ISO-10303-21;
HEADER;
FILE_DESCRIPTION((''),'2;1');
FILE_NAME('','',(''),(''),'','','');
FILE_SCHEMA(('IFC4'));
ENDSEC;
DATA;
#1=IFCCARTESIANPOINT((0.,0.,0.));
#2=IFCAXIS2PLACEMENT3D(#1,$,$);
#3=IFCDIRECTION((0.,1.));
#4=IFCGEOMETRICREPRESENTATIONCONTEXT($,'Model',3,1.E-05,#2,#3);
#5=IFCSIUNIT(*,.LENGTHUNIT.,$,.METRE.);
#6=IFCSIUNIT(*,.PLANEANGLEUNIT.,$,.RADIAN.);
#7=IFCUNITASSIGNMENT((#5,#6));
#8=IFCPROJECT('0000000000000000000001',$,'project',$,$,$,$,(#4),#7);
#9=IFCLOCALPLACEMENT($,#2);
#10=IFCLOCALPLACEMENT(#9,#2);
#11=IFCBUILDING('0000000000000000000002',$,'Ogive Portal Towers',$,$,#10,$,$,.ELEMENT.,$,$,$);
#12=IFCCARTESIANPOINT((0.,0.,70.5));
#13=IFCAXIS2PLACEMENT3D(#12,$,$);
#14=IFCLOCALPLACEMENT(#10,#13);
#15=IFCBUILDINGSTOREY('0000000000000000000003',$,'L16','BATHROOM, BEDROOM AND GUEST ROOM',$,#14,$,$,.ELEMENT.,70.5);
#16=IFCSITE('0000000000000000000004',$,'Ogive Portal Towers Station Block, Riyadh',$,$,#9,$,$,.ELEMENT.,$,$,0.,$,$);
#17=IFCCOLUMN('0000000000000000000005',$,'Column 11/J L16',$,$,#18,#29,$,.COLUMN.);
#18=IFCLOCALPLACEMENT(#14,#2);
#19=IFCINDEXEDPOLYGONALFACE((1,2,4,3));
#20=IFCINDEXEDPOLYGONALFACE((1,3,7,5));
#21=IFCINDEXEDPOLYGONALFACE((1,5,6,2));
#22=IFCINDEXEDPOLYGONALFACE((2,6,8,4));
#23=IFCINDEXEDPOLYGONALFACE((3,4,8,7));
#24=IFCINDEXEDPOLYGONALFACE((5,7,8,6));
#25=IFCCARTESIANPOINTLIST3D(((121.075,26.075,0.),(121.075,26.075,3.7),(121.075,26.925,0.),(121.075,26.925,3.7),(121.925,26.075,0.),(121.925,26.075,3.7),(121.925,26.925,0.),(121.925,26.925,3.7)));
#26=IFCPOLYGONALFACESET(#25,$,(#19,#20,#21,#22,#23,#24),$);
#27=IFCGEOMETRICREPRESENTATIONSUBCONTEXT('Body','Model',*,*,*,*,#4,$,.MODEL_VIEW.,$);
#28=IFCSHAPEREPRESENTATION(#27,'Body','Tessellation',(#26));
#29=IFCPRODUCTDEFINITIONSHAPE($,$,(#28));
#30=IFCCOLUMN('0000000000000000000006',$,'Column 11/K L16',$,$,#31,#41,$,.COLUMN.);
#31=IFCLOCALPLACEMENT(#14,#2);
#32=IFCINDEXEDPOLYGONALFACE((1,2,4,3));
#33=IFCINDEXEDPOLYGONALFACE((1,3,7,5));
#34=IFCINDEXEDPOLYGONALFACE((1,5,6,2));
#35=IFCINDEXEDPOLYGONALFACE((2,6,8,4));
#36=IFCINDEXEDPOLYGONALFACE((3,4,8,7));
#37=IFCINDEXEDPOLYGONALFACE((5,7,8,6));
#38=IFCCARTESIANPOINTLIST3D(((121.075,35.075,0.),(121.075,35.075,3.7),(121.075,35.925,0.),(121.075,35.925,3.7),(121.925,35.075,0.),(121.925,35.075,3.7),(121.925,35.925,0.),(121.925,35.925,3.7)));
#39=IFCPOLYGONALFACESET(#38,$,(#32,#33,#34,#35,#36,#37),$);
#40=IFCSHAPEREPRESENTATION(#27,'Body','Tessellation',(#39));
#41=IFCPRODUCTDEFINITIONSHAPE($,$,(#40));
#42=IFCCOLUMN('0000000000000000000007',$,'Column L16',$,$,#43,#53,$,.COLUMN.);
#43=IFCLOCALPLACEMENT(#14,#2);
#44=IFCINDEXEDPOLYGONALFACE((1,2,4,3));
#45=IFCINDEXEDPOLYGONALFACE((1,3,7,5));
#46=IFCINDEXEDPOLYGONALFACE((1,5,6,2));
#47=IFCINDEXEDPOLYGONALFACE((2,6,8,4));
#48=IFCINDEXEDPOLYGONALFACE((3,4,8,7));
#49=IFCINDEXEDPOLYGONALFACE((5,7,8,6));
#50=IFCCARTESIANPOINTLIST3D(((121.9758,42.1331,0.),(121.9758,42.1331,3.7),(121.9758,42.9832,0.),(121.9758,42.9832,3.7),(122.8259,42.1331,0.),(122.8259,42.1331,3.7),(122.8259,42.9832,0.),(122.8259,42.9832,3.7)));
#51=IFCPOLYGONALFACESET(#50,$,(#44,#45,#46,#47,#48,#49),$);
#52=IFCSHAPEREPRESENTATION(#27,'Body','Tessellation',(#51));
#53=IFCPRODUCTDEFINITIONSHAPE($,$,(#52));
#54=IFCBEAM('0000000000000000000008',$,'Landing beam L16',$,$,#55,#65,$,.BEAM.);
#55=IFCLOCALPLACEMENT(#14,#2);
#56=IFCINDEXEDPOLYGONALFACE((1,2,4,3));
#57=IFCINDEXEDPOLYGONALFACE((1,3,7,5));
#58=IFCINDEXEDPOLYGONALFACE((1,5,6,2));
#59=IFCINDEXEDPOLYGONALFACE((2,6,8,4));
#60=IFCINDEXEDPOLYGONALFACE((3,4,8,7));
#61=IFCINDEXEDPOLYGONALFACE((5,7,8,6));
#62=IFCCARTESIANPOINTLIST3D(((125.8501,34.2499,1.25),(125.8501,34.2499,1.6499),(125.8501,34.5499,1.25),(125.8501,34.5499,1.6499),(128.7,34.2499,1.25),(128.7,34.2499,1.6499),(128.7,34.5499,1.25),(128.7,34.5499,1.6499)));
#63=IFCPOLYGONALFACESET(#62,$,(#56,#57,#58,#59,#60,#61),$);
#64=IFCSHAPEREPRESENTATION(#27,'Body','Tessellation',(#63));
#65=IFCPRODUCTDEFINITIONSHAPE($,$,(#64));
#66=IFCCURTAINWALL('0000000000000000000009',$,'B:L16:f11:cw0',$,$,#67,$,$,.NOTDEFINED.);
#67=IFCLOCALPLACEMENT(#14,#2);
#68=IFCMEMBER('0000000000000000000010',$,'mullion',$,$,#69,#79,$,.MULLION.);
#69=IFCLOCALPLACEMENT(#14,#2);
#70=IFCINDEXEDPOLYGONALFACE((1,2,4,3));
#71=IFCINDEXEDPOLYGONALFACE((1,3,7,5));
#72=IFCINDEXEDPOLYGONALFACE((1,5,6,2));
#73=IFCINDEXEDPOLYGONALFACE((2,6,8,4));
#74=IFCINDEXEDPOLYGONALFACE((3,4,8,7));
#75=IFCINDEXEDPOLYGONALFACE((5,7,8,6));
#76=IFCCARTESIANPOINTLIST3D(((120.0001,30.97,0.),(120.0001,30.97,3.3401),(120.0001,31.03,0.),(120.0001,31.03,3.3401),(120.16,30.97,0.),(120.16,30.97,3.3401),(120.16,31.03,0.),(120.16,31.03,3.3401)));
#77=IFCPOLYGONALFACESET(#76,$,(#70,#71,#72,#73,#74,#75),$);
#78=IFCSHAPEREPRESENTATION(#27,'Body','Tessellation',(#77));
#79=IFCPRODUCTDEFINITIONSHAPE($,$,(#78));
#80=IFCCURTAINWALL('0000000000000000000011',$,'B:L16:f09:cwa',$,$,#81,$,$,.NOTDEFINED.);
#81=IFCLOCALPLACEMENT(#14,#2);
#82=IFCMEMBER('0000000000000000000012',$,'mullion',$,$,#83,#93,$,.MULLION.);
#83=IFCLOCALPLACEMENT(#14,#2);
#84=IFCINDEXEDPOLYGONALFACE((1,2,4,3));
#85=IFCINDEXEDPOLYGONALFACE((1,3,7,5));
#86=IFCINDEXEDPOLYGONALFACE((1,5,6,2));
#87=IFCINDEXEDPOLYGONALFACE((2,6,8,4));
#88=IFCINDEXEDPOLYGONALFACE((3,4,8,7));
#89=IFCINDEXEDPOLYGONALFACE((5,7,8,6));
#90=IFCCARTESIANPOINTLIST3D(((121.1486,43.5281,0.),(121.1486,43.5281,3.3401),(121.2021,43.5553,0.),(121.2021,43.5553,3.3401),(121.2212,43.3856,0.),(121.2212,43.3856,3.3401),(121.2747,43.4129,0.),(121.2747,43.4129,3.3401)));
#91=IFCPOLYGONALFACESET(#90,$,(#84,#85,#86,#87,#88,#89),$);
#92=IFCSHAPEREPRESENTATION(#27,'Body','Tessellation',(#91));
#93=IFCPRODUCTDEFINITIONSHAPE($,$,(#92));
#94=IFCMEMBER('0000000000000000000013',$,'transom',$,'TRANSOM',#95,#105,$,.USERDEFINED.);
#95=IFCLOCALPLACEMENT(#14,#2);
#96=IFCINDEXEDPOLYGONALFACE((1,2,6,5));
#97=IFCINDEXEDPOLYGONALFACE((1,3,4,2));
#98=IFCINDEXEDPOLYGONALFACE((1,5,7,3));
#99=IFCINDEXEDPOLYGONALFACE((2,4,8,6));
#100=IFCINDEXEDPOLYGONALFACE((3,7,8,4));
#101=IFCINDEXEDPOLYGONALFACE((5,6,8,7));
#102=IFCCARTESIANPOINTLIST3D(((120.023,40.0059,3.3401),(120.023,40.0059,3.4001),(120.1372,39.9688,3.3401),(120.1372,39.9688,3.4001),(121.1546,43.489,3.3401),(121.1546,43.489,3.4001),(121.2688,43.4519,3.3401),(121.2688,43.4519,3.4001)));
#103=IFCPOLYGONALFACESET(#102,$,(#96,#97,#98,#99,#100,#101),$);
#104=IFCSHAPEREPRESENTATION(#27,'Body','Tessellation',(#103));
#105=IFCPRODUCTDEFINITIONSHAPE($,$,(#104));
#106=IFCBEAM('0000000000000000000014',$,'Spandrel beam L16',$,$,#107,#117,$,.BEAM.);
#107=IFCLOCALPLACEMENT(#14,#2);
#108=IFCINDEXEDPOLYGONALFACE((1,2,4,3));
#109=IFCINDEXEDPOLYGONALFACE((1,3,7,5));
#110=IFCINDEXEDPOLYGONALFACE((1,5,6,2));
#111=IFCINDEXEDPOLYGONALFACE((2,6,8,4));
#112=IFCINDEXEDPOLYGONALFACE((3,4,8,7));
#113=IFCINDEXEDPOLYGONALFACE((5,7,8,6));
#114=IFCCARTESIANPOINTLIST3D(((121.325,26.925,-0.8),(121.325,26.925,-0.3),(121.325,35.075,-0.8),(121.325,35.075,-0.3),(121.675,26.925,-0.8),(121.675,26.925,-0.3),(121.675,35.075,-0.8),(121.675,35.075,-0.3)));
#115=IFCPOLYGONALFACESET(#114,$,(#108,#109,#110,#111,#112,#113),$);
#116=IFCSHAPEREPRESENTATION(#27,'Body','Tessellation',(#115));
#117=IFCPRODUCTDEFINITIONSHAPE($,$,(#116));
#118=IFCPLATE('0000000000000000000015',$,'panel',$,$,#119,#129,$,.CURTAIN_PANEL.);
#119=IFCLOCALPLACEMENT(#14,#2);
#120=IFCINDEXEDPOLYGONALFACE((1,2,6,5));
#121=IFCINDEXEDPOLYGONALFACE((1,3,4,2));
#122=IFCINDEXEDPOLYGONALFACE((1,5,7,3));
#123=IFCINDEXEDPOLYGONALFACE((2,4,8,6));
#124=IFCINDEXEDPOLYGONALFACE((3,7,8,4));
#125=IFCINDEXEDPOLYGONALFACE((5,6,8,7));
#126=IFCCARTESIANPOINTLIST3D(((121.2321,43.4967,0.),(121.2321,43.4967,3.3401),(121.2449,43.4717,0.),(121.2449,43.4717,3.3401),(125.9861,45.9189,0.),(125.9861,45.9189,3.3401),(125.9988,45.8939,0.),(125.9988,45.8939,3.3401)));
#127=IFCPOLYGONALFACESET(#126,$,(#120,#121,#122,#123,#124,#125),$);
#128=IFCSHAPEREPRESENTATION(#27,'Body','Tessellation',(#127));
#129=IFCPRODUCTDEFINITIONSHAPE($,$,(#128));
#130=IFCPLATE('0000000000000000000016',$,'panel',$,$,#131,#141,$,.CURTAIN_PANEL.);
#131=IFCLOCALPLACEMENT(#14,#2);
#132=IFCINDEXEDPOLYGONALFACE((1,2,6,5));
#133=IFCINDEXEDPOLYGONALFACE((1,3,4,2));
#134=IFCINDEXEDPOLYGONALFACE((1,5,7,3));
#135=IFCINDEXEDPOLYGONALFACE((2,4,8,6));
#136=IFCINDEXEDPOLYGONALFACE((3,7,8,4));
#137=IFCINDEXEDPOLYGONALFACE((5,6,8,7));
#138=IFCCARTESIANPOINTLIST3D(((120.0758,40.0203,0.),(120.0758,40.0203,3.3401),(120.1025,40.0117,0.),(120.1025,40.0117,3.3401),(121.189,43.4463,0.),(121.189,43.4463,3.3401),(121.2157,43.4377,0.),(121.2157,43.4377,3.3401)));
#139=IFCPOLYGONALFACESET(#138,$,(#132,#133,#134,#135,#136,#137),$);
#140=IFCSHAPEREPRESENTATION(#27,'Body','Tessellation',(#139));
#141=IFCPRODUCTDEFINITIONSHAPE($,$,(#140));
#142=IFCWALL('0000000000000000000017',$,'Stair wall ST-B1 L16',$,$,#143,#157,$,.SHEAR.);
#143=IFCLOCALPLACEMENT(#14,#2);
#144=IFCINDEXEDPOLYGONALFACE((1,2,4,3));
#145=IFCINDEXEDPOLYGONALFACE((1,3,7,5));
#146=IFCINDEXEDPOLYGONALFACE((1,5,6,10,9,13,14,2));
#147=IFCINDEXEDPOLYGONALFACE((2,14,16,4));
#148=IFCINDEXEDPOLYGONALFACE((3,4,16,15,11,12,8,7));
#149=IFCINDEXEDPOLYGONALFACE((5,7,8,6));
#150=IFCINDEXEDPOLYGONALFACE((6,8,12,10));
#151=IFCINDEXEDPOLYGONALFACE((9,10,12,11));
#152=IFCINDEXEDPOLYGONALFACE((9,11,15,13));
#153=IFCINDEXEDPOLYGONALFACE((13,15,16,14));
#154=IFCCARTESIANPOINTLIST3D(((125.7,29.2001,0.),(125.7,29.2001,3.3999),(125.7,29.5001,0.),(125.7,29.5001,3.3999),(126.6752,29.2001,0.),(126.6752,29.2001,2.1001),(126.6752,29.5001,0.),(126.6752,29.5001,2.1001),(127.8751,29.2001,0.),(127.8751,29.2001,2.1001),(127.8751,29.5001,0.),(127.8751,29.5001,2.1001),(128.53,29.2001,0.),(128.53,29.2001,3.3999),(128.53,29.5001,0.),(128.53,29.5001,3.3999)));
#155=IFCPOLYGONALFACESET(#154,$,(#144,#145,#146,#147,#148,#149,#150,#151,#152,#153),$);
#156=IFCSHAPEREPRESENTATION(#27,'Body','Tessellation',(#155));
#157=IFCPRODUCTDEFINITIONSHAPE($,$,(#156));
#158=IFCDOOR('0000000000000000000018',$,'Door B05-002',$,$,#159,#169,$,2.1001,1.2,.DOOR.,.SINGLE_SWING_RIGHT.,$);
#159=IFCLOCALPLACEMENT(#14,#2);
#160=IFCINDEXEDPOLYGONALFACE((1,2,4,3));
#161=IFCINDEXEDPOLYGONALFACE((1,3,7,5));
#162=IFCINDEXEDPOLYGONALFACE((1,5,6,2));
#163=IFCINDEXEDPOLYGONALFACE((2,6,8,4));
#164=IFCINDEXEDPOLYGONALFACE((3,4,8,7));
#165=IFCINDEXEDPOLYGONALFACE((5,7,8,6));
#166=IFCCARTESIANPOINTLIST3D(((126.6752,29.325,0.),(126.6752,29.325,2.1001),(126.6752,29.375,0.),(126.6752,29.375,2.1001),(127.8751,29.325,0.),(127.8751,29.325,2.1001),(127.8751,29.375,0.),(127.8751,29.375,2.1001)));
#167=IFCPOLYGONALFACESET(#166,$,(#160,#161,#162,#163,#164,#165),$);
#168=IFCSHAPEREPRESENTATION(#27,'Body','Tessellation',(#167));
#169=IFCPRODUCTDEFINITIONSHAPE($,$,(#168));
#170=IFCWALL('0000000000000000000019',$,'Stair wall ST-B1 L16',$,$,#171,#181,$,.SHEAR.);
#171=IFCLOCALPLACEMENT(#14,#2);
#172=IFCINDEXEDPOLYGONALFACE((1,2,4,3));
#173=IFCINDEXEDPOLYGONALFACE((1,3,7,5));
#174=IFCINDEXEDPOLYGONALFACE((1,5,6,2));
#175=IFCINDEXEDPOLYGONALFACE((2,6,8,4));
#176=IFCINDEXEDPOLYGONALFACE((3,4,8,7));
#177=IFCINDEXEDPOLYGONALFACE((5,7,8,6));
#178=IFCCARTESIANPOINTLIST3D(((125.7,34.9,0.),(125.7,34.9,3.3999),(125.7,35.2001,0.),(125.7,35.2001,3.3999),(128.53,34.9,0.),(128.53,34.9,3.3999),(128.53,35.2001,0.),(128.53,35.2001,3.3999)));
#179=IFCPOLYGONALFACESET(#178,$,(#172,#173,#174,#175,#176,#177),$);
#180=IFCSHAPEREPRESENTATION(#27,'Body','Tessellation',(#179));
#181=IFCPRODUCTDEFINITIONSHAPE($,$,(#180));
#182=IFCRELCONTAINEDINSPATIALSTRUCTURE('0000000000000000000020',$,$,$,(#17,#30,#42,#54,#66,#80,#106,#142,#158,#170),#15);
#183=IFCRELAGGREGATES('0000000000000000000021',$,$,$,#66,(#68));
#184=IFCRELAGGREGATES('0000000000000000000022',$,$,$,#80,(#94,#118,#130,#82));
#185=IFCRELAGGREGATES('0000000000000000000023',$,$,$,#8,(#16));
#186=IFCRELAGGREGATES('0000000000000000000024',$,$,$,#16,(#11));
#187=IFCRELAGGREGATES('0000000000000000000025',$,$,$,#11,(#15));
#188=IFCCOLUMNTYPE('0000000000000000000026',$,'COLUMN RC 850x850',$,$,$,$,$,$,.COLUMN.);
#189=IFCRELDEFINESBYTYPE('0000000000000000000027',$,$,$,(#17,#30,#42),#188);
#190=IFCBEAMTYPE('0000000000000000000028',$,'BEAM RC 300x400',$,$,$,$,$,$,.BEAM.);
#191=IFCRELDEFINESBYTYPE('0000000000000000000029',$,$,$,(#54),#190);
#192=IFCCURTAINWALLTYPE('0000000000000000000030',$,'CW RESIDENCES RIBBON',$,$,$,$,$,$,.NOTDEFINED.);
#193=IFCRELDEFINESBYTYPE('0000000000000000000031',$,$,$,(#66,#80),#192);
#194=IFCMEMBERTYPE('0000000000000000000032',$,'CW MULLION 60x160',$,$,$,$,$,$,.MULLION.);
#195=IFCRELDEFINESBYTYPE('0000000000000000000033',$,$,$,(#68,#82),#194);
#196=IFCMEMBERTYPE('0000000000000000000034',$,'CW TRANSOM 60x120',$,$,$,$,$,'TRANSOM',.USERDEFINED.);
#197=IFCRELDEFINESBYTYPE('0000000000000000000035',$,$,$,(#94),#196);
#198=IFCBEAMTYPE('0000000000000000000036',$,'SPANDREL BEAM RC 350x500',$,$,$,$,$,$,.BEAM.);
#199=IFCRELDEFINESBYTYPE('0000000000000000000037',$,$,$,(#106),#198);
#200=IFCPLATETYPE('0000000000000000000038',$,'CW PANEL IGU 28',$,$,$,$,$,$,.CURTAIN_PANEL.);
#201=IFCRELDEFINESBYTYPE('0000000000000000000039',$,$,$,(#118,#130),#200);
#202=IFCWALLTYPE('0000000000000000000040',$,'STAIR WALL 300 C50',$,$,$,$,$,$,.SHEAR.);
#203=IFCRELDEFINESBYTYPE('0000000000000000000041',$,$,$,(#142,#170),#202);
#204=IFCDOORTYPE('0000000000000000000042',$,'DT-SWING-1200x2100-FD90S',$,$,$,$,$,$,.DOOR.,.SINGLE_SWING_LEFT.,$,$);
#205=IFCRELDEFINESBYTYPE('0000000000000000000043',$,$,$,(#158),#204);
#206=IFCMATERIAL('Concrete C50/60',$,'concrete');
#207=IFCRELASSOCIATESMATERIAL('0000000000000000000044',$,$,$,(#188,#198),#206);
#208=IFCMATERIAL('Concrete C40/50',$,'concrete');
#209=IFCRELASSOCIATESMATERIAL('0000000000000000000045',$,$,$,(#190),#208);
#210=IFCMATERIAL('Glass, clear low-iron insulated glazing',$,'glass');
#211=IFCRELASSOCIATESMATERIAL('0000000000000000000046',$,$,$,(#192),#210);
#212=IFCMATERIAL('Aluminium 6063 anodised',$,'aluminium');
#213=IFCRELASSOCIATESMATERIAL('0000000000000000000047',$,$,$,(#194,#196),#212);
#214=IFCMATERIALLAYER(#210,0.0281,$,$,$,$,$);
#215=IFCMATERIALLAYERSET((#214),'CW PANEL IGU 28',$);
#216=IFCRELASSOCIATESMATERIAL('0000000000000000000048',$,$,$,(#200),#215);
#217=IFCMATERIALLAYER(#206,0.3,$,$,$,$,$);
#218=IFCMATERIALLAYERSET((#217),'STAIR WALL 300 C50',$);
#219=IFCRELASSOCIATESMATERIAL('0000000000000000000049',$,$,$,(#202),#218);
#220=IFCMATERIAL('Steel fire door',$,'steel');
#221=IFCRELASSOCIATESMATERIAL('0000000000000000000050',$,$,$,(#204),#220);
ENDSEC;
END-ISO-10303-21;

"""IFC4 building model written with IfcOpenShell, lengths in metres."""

from ifc_helpers import new_model, si_unit, direction, frame, frame_2d, origin, origin_2d, place, context, subcontext, project, spatial, rectangle, extrude, material, layer, layer_set, material_profile, profile_set, type_object, element, fill, aggregate, save


model = new_model("IFC4")

# Units and contexts
model_context = context("Model", 3, precision=1e-05, world=origin(), true_north=direction((0.0, 1.0)))
body_context = subcontext(model_context, "Body", "Model", "MODEL_VIEW")
ifc_project = project(units=[si_unit("LENGTHUNIT", "METRE"), si_unit("PLANEANGLEUNIT", "RADIAN")], contexts=[model_context])

# Site, building, storey
site_placement = place(None, origin())
site = spatial("IfcSite", under=ifc_project, at=site_placement, Name="Ogive Portal Towers Station Block, Riyadh", CompositionType="ELEMENT", RefElevation=0.0)
building_placement = place(site_placement, origin())
building = spatial("IfcBuilding", under=site, at=building_placement, Name="Ogive Portal Towers", CompositionType="ELEMENT")
storey_placement = place(building_placement, frame((0.0, 0.0, 70.5)))
storey = spatial("IfcBuildingStorey", under=building, at=storey_placement, Name="L16", Description="BATHROOM, BEDROOM AND GUEST ROOM", CompositionType="ELEMENT", Elevation=70.5)

# Columns
ifc_material_1 = material(Name="Concrete C50/60", Category="concrete")
ifc_material_profile_1 = material_profile(ifc_material_1, rectangle(XDim=0.8501, YDim=0.8501, at=origin_2d()), Name="RC 850x850")
ifc_profile_set_1 = profile_set([ifc_material_profile_1], Name="Concrete C50/60")
column_type = type_object("IfcColumnType", Name="COLUMN RC 850x850", PredefinedType="COLUMN", material=ifc_profile_set_1)
for number, where, z_axis, x_axis, name in (
    (1, (121.5, 26.5, 0.0), (0.0, 0.0, 1.0), (1.0, 0.0, 0.0), "Column 11/J L16"),
    (2, (121.5, 35.5, 0.0), (0.0, 0.0, 1.0), (1.0, 0.0, 0.0), "Column 11/K L16"),
    (3, (122.4009, 42.5581, 0.0), (0.0, 0.0, 1.0), (1.0, 0.0, 0.0), "Column L16"),
):
    element("IfcColumn", number, at=place(storey_placement, frame(where, z_axis=z_axis, x_axis=x_axis)), inside=storey, type_object=column_type, Name=name, PredefinedType="COLUMN", context=body_context, shape_type="SweptSolid", body=[
        extrude(rectangle(XDim=0.8501, YDim=0.8501, at=origin_2d()), origin(), (0.0, 0.0, 1.0), 3.7),
    ])

# Beam
ifc_material_2 = material(Name="Concrete C40/50", Category="concrete")
ifc_material_profile_2 = material_profile(ifc_material_2, rectangle(XDim=0.3, YDim=0.3999, at=origin_2d()), Name="RC 300x400")
ifc_profile_set_2 = profile_set([ifc_material_profile_2], Name="Concrete C40/50")
beam_type_1 = type_object("IfcBeamType", Name="BEAM RC 300x400", PredefinedType="BEAM", material=ifc_profile_set_2)
beam_1_placement = place(storey_placement, frame((125.8501, 34.3999, 1.45), z_axis=(1.0, 0.0, 0.0), x_axis=(0.0, 1.0, 0.0)))
element("IfcBeam", 4, at=beam_1_placement, inside=storey, type_object=beam_type_1, Name="Landing beam L16", PredefinedType="BEAM", context=body_context, shape_type="SweptSolid", body=[
    extrude(rectangle(XDim=0.3, YDim=0.3999, at=origin_2d()), origin(), (0.0, 0.0, 1.0), 2.8499),
])

# Curtain wall, member
ifc_material_3 = material(Name="Glass, clear low-iron insulated glazing", Category="glass")
curtain_wall_type = type_object("IfcCurtainWallType", Name="CW RESIDENCES RIBBON", PredefinedType="NOTDEFINED", material=ifc_material_3)
curtain_wall_1_placement = place(storey_placement, origin())
curtain_wall_1 = element("IfcCurtainWall", 5, at=curtain_wall_1_placement, inside=storey, type_object=curtain_wall_type, Name="B:L16:f11:cw0", PredefinedType="NOTDEFINED")
ifc_material_4 = material(Name="Aluminium 6063 anodised", Category="aluminium")
ifc_material_profile_3 = material_profile(ifc_material_4, rectangle(XDim=0.1599, YDim=0.0601, at=origin_2d()), Name="AL 60x160")
ifc_profile_set_3 = profile_set([ifc_material_profile_3], Name="Aluminium 6063 anodised")
member_type_1 = type_object("IfcMemberType", Name="CW MULLION 60x160", PredefinedType="MULLION", material=ifc_profile_set_3)
member_1_placement = place(storey_placement, frame((120.0801, 31.0, 0.0), z_axis=(0.0, 0.0, 1.0), x_axis=(1.0, 0.0, 0.0)))
member_1 = element("IfcMember", 6, at=member_1_placement, type_object=member_type_1, Name="mullion", PredefinedType="MULLION", context=body_context, shape_type="SweptSolid", body=[
    extrude(rectangle(XDim=0.1599, YDim=0.0601, at=origin_2d()), origin(), (0.0, 0.0, 1.0), 3.3401),
])
aggregate(curtain_wall_1, [member_1])

# Curtain wall, members
curtain_wall_2_placement = place(storey_placement, origin())
curtain_wall_2 = element("IfcCurtainWall", 7, at=curtain_wall_2_placement, inside=storey, type_object=curtain_wall_type, Name="B:L16:f09:cwa", PredefinedType="NOTDEFINED")
member_2_placement = place(storey_placement, frame((121.2117, 43.4705, 0.0), z_axis=(0.0, 0.0, 1.0), x_axis=(0.45399, -0.891007, 0.0)))
member_2 = element("IfcMember", 8, at=member_2_placement, type_object=member_type_1, Name="mullion", PredefinedType="MULLION", context=body_context, shape_type="SweptSolid", body=[
    extrude(rectangle(XDim=0.1599, YDim=0.0601, at=origin_2d()), origin(), (0.0, 0.0, 1.0), 3.3401),
])
ifc_material_profile_4 = material_profile(ifc_material_4, rectangle(XDim=0.1201, YDim=0.0601, at=origin_2d()), Name="AL 120x60")
ifc_profile_set_4 = profile_set([ifc_material_profile_4], Name="Aluminium 6063 anodised")
member_type_2 = type_object("IfcMemberType", Name="CW TRANSOM 60x120", ElementType="TRANSOM", PredefinedType="USERDEFINED", material=ifc_profile_set_4)
member_3_placement = place(storey_placement, frame((121.2117, 43.4705, 3.3701), z_axis=(-0.308979, -0.951069, 0.0), x_axis=(0.951069, -0.308979, 0.0)))
member_3 = element("IfcMember", 9, at=member_3_placement, type_object=member_type_2, Name="transom", ObjectType="TRANSOM", PredefinedType="USERDEFINED", context=body_context, shape_type="SweptSolid", body=[
    extrude(rectangle(XDim=0.1201, YDim=0.0601, at=origin_2d()), origin(), (0.0, 0.0, 1.0), 3.6624),
])

# Beam
ifc_material_profile_5 = material_profile(ifc_material_1, rectangle(XDim=0.3501, YDim=0.5, at=origin_2d()), Name="RC 350x500")
ifc_profile_set_5 = profile_set([ifc_material_profile_5], Name="Concrete C50/60")
beam_type_2 = type_object("IfcBeamType", Name="SPANDREL BEAM RC 350x500", PredefinedType="BEAM", material=ifc_profile_set_5)
beam_2_placement = place(storey_placement, frame((121.5, 35.075, -0.55), z_axis=(0.0, -1.0, 0.0), x_axis=(1.0, 0.0, 0.0)))
element("IfcBeam", 10, at=beam_2_placement, inside=storey, type_object=beam_type_2, Name="Spandrel beam L16", PredefinedType="BEAM", context=body_context, shape_type="SweptSolid", body=[
    extrude(rectangle(XDim=0.3501, YDim=0.5, at=origin_2d()), origin(), (0.0, 0.0, 1.0), 8.1499),
])

# Plates
ifc_layer_1 = layer(ifc_material_3, 0.0281)
ifc_layer_set_1 = layer_set([ifc_layer_1], Name="CW PANEL IGU 28")
plate_type = type_object("IfcPlateType", Name="CW PANEL IGU 28", PredefinedType="CURTAIN_PANEL", material=ifc_layer_set_1)
plate_1_placement = place(storey_placement, frame((123.6155, 44.6953, 0.0), z_axis=(0.0, 0.0, 1.0), x_axis=(-0.891007, -0.45399, 0.0)))
plate_1 = element("IfcPlate", 11, at=plate_1_placement, type_object=plate_type, Name="panel", PredefinedType="CURTAIN_PANEL", context=body_context, shape_type="SweptSolid", body=[
    extrude(rectangle(XDim=5.3354, YDim=0.0281, at=origin_2d()), origin(), (0.0, 0.0, 1.0), 3.3401),
])
plate_2_placement = place(storey_placement, frame((120.6458, 41.729, 0.0), z_axis=(0.0, 0.0, 1.0), x_axis=(-0.309017, -0.951057, 0.0)))
plate_2 = element("IfcPlate", 12, at=plate_2_placement, type_object=plate_type, Name="panel", PredefinedType="CURTAIN_PANEL", context=body_context, shape_type="SweptSolid", body=[
    extrude(rectangle(XDim=3.6023, YDim=0.0281, at=origin_2d()), origin(), (0.0, 0.0, 1.0), 3.3401),
])
aggregate(curtain_wall_2, [member_3, plate_1, plate_2, member_2])

# Wall, opening, door
ifc_layer_2 = layer(ifc_material_1, 0.3)
ifc_layer_set_2 = layer_set([ifc_layer_2], Name="STAIR WALL 300 C50")
wall_type_1 = type_object("IfcWallType", Name="STAIR WALL 300 C50", PredefinedType="SHEAR", material=ifc_layer_set_2)
wall_1_placement = place(storey_placement, frame((125.7, 29.3501, 0.0), z_axis=(0.0, 0.0, 1.0), x_axis=(1.0, 0.0, 0.0)))
wall_1 = element("IfcWall", 13, at=wall_1_placement, inside=storey, type_object=wall_type_1, Name="Stair wall ST-B1 L16", PredefinedType="SHEAR", context=body_context, shape_type="SweptSolid", body=[
    extrude(rectangle(XDim=2.8301, YDim=0.3, at=frame_2d((1.415, 0.0))), origin(), (0.0, 0.0, 1.0), 3.3999),
])
opening_1_placement = place(wall_1_placement, frame((0.9751, 0.0, 0.0)))
opening_1 = element("IfcOpeningElement", 14, at=opening_1_placement, cuts=wall_1, PredefinedType="OPENING", context=body_context, shape_type="SweptSolid", body=[
    extrude(rectangle(XDim=1.2, YDim=2.1001, at=frame_2d((0.6001, 1.05))), frame((0.0, 0.1602, 0.0), z_axis=(0.0, -1.0, 0.0), x_axis=(1.0, 0.0, 0.0)), (0.0, 0.0, 1.0), 0.3201),
])
ifc_material_5 = material(Name="Steel fire door", Category="steel")
door_type_1 = type_object("IfcDoorType", Name="DT-SWING-1200x2100-FD90S", OperationType="SINGLE_SWING_LEFT", PredefinedType="DOOR", material=ifc_material_5)
door_1_placement = place(opening_1_placement, origin())
door_1 = element("IfcDoor", 15, at=door_1_placement, inside=storey, type_object=door_type_1, Name="Door B05-002", OperationType="SINGLE_SWING_RIGHT", OverallHeight=2.1001, OverallWidth=1.2, PredefinedType="DOOR", context=body_context, shape_type="SweptSolid", body=[
    extrude(rectangle(XDim=1.2, YDim=2.1001, at=frame_2d((0.6001, 1.05))), frame((0.0, 0.0249, 0.0), z_axis=(0.0, -1.0, 0.0), x_axis=(1.0, 0.0, 0.0)), (0.0, 0.0, 1.0), 0.05),
])
fill(opening_1, door_1)

# Wall
wall_2_placement = place(storey_placement, frame((125.7, 35.05, 0.0), z_axis=(0.0, 0.0, 1.0), x_axis=(1.0, 0.0, 0.0)))
element("IfcWall", 16, at=wall_2_placement, inside=storey, type_object=wall_type_1, Name="Stair wall ST-B1 L16", PredefinedType="SHEAR", context=body_context, shape_type="SweptSolid", body=[
    extrude(rectangle(XDim=2.8301, YDim=0.3, at=frame_2d((1.415, 0.0))), origin(), (0.0, 0.0, 1.0), 3.3999),
])

save(model, "model.ifc")
